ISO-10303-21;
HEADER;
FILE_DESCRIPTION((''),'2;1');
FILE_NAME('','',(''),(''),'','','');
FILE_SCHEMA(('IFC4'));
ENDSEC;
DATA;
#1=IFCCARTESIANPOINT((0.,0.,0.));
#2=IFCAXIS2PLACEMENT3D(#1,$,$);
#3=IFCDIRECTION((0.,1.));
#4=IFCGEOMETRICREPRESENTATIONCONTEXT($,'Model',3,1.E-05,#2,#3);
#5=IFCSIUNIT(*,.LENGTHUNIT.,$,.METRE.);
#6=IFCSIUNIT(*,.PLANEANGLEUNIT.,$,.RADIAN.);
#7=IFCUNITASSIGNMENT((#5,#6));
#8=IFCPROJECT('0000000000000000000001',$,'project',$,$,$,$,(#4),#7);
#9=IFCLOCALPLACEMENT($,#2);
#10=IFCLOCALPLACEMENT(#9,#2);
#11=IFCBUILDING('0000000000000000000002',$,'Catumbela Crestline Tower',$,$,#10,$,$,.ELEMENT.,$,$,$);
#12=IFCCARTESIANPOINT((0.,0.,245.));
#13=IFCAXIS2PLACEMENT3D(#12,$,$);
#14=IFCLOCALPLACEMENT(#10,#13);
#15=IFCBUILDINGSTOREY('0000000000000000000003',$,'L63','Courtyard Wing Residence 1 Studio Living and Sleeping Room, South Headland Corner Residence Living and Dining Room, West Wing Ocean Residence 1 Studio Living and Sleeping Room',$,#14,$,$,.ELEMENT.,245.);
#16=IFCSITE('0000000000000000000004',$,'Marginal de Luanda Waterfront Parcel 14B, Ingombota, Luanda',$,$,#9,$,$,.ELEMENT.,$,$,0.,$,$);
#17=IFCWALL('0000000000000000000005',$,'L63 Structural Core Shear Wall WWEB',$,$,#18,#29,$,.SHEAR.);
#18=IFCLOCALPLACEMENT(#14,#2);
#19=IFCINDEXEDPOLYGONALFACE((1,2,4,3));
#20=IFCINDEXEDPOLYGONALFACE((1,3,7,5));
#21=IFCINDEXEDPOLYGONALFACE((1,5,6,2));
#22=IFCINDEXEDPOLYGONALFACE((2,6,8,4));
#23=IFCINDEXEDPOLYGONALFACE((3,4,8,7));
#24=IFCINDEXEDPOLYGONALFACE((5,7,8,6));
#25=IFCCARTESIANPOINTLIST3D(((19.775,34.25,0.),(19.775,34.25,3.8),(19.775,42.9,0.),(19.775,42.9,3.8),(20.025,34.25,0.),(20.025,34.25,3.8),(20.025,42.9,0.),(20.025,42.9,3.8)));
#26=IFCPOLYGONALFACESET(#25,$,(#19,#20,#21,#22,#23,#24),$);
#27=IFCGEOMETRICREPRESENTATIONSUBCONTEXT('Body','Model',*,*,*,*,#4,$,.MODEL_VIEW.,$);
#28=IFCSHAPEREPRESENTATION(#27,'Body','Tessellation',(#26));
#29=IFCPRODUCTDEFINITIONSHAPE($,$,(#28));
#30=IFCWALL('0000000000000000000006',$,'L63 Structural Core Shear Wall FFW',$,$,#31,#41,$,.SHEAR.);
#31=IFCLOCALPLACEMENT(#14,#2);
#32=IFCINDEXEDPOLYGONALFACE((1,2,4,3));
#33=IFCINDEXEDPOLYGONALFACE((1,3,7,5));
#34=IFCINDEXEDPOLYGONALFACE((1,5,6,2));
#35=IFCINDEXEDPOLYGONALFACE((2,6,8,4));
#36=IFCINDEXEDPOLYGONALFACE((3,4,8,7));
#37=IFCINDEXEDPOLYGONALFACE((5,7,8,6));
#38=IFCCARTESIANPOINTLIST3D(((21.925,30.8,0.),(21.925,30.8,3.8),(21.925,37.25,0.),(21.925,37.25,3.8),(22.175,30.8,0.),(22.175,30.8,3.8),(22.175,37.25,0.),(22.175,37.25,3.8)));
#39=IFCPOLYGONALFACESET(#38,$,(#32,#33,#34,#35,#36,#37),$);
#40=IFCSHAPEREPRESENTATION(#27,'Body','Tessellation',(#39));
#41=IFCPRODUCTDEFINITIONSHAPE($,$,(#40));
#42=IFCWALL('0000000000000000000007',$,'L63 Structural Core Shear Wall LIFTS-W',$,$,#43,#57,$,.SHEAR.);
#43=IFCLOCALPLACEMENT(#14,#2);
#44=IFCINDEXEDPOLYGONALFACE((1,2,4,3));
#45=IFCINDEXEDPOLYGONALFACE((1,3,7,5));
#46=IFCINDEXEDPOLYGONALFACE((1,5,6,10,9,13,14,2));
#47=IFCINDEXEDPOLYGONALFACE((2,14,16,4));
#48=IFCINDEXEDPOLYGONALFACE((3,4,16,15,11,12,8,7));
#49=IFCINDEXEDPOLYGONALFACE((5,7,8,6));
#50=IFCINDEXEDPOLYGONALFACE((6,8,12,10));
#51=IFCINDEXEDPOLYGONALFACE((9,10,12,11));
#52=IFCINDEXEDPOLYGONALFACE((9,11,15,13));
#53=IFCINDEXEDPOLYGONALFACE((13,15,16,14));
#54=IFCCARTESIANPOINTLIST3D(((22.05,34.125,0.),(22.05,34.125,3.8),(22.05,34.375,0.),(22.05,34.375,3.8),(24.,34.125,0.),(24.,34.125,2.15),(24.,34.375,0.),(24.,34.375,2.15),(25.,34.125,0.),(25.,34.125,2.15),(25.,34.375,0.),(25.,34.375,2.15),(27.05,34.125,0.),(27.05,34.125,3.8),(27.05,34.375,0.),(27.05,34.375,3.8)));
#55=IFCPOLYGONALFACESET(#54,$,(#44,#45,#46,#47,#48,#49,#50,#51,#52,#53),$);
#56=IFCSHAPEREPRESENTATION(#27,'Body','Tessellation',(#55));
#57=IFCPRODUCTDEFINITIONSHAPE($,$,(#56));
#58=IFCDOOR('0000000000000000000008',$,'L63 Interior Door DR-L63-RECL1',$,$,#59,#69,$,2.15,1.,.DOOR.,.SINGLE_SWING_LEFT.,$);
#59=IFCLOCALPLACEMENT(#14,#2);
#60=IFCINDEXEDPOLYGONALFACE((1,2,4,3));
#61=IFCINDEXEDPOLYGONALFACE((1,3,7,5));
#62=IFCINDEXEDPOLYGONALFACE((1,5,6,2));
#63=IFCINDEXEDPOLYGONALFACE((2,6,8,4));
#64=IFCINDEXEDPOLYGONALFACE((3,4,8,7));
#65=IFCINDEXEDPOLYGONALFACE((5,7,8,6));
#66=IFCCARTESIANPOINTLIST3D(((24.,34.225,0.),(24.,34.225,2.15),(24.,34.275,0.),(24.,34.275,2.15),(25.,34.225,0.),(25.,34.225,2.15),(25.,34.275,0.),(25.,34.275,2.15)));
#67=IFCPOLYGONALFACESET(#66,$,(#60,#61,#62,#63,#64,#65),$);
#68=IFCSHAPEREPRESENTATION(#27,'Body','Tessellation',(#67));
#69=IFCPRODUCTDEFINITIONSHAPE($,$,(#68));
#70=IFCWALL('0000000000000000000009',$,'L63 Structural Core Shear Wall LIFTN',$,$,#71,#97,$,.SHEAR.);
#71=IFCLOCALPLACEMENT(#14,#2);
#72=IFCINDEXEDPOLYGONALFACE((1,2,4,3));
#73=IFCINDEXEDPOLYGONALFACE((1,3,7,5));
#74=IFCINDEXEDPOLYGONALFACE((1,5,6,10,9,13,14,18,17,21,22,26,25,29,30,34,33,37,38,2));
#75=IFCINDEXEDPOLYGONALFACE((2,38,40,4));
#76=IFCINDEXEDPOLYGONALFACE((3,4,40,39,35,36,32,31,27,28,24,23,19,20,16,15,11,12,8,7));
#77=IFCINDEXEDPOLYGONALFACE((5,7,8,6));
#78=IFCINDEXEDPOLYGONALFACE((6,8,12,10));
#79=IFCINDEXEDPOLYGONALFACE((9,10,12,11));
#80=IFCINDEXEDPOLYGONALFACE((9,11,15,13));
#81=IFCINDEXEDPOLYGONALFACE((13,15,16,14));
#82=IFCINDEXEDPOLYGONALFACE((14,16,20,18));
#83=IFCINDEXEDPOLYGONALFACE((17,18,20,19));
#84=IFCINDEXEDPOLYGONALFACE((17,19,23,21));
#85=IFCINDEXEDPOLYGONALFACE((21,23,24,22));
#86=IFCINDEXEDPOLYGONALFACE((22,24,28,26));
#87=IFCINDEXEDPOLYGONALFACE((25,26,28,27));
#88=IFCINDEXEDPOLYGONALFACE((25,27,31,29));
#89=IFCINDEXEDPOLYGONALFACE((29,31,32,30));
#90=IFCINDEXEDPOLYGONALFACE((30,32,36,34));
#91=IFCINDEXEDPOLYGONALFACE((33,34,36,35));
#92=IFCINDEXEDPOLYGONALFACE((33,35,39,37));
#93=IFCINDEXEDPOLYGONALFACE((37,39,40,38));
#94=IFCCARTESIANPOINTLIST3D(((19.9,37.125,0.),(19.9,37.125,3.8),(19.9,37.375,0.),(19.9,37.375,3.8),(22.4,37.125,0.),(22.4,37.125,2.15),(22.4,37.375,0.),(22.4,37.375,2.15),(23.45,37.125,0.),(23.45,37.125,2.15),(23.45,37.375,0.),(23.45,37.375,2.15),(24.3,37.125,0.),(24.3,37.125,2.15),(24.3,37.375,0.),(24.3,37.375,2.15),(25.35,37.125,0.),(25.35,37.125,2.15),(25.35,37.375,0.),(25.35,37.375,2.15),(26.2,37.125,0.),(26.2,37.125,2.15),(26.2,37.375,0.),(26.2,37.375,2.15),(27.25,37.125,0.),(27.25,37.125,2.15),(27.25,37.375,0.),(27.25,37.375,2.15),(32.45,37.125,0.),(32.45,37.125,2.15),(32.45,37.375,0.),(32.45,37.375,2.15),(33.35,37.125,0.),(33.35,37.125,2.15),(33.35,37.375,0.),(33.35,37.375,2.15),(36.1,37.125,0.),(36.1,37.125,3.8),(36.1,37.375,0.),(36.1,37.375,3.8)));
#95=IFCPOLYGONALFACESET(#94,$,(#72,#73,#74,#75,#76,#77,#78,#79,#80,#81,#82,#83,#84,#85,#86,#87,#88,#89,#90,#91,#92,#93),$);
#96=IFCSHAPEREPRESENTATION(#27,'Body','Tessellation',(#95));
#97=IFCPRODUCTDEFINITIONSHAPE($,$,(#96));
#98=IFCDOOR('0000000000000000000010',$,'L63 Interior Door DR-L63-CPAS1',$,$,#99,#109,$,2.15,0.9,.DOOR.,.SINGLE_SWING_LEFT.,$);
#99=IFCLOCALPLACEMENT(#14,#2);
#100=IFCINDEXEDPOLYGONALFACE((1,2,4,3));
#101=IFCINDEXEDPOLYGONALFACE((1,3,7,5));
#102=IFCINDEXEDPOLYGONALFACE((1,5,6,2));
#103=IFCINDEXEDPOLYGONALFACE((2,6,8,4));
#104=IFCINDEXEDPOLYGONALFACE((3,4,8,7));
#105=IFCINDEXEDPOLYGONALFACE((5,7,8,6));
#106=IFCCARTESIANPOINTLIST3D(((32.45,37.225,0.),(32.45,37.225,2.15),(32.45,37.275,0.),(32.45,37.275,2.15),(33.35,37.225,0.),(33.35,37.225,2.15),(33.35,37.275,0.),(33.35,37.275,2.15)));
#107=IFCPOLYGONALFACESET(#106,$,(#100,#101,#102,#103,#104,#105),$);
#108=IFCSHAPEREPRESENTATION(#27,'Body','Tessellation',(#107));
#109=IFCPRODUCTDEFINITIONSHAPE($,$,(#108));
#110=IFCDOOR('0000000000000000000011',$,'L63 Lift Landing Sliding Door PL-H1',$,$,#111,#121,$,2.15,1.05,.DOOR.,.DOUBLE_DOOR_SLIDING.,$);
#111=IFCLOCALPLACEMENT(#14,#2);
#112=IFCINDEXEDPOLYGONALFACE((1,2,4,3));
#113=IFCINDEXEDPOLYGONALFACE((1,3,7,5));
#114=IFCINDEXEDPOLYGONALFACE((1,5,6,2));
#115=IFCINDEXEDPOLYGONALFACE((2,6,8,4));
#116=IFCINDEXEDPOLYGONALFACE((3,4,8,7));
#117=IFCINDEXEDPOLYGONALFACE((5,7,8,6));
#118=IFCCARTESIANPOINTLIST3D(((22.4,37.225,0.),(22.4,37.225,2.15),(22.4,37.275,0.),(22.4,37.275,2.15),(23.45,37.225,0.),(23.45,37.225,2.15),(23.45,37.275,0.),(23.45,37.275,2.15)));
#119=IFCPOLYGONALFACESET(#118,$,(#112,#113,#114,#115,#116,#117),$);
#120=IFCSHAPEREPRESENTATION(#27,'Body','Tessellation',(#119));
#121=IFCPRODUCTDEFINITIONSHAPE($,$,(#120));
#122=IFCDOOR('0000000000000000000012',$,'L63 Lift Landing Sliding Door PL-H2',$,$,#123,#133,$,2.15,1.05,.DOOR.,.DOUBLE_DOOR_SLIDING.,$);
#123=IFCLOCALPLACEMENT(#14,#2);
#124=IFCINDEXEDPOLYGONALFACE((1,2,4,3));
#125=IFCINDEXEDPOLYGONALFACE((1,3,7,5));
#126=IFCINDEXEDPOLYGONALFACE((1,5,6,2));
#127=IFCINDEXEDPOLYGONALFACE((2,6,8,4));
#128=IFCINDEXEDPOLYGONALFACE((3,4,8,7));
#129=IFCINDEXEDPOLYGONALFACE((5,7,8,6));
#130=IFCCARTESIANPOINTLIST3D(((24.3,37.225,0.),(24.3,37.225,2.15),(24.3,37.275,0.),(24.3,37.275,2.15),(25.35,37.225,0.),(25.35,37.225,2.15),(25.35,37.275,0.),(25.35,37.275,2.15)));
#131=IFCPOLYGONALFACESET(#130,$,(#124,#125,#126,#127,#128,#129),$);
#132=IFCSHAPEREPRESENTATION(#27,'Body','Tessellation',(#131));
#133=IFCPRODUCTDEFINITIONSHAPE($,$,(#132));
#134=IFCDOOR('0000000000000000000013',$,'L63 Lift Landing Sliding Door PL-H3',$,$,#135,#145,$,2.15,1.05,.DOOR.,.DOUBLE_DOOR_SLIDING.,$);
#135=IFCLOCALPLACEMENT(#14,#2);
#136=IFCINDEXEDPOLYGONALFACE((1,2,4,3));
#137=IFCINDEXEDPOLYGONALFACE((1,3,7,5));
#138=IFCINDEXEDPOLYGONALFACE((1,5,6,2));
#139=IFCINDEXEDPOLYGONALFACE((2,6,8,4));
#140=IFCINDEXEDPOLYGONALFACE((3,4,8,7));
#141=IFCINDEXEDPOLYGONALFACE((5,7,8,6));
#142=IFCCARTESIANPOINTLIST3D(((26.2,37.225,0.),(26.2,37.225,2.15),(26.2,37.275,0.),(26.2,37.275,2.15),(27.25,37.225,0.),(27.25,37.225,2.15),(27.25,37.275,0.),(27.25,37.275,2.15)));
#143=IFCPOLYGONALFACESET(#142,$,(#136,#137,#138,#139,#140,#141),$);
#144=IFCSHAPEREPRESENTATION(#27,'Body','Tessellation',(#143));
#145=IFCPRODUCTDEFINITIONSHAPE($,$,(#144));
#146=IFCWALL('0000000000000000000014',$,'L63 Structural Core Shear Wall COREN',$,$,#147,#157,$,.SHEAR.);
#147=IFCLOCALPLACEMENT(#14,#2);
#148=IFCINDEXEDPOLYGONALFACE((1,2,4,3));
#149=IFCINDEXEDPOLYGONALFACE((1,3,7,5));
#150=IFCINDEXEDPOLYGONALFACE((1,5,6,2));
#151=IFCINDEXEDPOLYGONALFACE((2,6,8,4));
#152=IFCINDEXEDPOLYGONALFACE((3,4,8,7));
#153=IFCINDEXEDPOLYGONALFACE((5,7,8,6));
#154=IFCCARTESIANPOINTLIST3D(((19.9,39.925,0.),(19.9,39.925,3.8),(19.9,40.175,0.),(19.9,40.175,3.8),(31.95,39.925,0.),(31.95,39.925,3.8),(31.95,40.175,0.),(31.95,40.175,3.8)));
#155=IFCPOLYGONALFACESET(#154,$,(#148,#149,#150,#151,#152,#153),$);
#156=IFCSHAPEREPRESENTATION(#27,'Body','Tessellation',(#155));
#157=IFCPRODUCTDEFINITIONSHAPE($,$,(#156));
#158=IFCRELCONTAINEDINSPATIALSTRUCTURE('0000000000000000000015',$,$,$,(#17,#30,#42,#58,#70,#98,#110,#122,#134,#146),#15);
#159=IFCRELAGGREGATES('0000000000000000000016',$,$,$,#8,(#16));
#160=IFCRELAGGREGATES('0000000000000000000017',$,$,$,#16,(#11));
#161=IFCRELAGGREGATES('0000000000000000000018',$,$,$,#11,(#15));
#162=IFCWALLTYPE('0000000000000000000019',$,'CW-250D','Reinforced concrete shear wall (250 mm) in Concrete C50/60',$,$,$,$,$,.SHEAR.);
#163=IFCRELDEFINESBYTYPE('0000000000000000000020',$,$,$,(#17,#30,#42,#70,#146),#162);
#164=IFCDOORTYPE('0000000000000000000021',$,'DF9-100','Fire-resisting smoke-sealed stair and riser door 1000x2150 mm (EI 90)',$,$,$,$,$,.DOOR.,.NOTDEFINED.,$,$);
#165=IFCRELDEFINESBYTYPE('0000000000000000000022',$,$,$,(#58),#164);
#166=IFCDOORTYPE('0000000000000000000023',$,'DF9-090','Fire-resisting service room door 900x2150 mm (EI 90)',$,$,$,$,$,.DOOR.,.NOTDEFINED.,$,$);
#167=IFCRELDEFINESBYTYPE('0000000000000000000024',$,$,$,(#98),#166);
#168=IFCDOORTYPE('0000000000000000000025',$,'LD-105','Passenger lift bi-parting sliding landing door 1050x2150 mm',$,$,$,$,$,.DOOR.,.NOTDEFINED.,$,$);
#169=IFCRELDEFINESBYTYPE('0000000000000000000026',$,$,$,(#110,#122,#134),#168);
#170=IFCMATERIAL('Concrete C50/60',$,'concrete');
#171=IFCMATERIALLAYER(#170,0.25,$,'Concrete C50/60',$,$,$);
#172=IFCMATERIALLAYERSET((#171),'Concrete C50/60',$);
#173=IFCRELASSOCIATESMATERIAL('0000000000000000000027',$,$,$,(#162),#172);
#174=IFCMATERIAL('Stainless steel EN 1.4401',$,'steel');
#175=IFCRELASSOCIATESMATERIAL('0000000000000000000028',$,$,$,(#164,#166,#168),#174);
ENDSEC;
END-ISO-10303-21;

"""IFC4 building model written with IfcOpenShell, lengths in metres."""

from ifc_helpers import new_model, si_unit, direction, frame, frame_2d, origin, place, context, subcontext, project, spatial, rectangle, extrude, material, layer, layer_set, type_object, element, fill, save


model = new_model("IFC4")

# Units and contexts
model_context = context("Model", 3, precision=1e-05, world=origin(), true_north=direction((0.0, 1.0)))
body_context = subcontext(model_context, "Body", "Model", "MODEL_VIEW")
ifc_project = project(units=[si_unit("LENGTHUNIT", "METRE"), si_unit("PLANEANGLEUNIT", "RADIAN")], contexts=[model_context])

# Site, building, storey
site_placement = place(None, origin())
site = spatial("IfcSite", under=ifc_project, at=site_placement, Name="Marginal de Luanda Waterfront Parcel 14B, Ingombota, Luanda", CompositionType="ELEMENT", RefElevation=0.0)
building_placement = place(site_placement, origin())
building = spatial("IfcBuilding", under=site, at=building_placement, Name="Catumbela Crestline Tower", CompositionType="ELEMENT")
storey_placement = place(building_placement, frame((0.0, 0.0, 245.0)))
storey = spatial("IfcBuildingStorey", under=building, at=storey_placement, Name="L63", Description="Courtyard Wing Residence 1 Studio Living and Sleeping Room, South Headland Corner Residence Living and Dining Room, West Wing Ocean Residence 1 Studio Living and Sleeping Room", CompositionType="ELEMENT", Elevation=245.0)

# Walls
ifc_material_1 = material(Name="Concrete C50/60", Category="concrete")
ifc_layer_1 = layer(ifc_material_1, 0.25, Name="Concrete C50/60")
ifc_layer_set_1 = layer_set([ifc_layer_1], Name="Concrete C50/60")
wall_type_1 = type_object("IfcWallType", Name="CW-250D", Description="Reinforced concrete shear wall (250 mm) in Concrete C50/60", PredefinedType="SHEAR", material=ifc_layer_set_1)
wall_1_placement = place(storey_placement, frame((19.9, 34.25, 0.0), z_axis=(0.0, 0.0, 1.0), x_axis=(0.0, 1.0, 0.0)))
element("IfcWall", 1, at=wall_1_placement, inside=storey, type_object=wall_type_1, Name="L63 Structural Core Shear Wall WWEB", PredefinedType="SHEAR", context=body_context, shape_type="SweptSolid", body=[
    extrude(rectangle(XDim=8.65, YDim=0.25, at=frame_2d((4.325, 0.0))), origin(), (0.0, 0.0, 1.0), 3.8),
])
wall_2_placement = place(storey_placement, frame((22.05, 30.8, 0.0), z_axis=(0.0, 0.0, 1.0), x_axis=(0.0, 1.0, 0.0)))
element("IfcWall", 2, at=wall_2_placement, inside=storey, type_object=wall_type_1, Name="L63 Structural Core Shear Wall FFW", PredefinedType="SHEAR", context=body_context, shape_type="SweptSolid", body=[
    extrude(rectangle(XDim=6.45, YDim=0.25, at=frame_2d((3.225, 0.0))), origin(), (0.0, 0.0, 1.0), 3.8),
])

# Wall, opening, door
wall_3_placement = place(storey_placement, frame((22.05, 34.25, 0.0), z_axis=(0.0, 0.0, 1.0), x_axis=(1.0, 0.0, 0.0)))
wall_3 = element("IfcWall", 3, at=wall_3_placement, inside=storey, type_object=wall_type_1, Name="L63 Structural Core Shear Wall LIFTS-W", PredefinedType="SHEAR", context=body_context, shape_type="SweptSolid", body=[
    extrude(rectangle(XDim=5.0, YDim=0.25, at=frame_2d((2.5, 0.0))), origin(), (0.0, 0.0, 1.0), 3.8),
])
opening_1_placement = place(wall_3_placement, frame((1.95, 0.0, 0.0)))
opening_1 = element("IfcOpeningElement", 4, at=opening_1_placement, cuts=wall_3, PredefinedType="OPENING", context=body_context, shape_type="SweptSolid", body=[
    extrude(rectangle(XDim=1.0, YDim=2.15, at=frame_2d((0.5, 1.075))), frame((0.0, 0.135, 0.0), z_axis=(0.0, -1.0, 0.0), x_axis=(1.0, 0.0, 0.0)), (0.0, 0.0, 1.0), 0.27),
])
ifc_material_2 = material(Name="Stainless steel EN 1.4401", Category="steel")
door_type_1 = type_object("IfcDoorType", Name="DF9-100", Description="Fire-resisting smoke-sealed stair and riser door 1000x2150 mm (EI 90)", OperationType="NOTDEFINED", PredefinedType="DOOR", material=ifc_material_2)
door_1_placement = place(opening_1_placement, origin())
door_1 = element("IfcDoor", 5, at=door_1_placement, inside=storey, type_object=door_type_1, Name="L63 Interior Door DR-L63-RECL1", OperationType="SINGLE_SWING_LEFT", OverallHeight=2.15, OverallWidth=1.0, PredefinedType="DOOR", context=body_context, shape_type="SweptSolid", body=[
    extrude(rectangle(XDim=1.0, YDim=2.15, at=frame_2d((0.5, 1.075))), frame((0.0, 0.025, 0.0), z_axis=(0.0, -1.0, 0.0), x_axis=(1.0, 0.0, 0.0)), (0.0, 0.0, 1.0), 0.05),
])
fill(opening_1, door_1)

# Wall, openings, doors
wall_4_placement = place(storey_placement, frame((19.9, 37.25, 0.0), z_axis=(0.0, 0.0, 1.0), x_axis=(1.0, 0.0, 0.0)))
wall_4 = element("IfcWall", 6, at=wall_4_placement, inside=storey, type_object=wall_type_1, Name="L63 Structural Core Shear Wall LIFTN", PredefinedType="SHEAR", context=body_context, shape_type="SweptSolid", body=[
    extrude(rectangle(XDim=16.2, YDim=0.25, at=frame_2d((8.1, 0.0))), origin(), (0.0, 0.0, 1.0), 3.8),
])
opening_2_placement = place(wall_4_placement, frame((12.55, 0.0, 0.0)))
opening_2 = element("IfcOpeningElement", 7, at=opening_2_placement, cuts=wall_4, PredefinedType="OPENING", context=body_context, shape_type="SweptSolid", body=[
    extrude(rectangle(XDim=0.9, YDim=2.15, at=frame_2d((0.45, 1.075))), frame((0.0, 0.135, 0.0), z_axis=(0.0, -1.0, 0.0), x_axis=(1.0, 0.0, 0.0)), (0.0, 0.0, 1.0), 0.27),
])
opening_3_placement = place(wall_4_placement, frame((2.5, 0.0, 0.0)))
opening_3 = element("IfcOpeningElement", 8, at=opening_3_placement, cuts=wall_4, PredefinedType="OPENING", context=body_context, shape_type="SweptSolid", body=[
    extrude(rectangle(XDim=1.05, YDim=2.15, at=frame_2d((0.525, 1.075))), frame((0.0, 0.135, 0.0), z_axis=(0.0, -1.0, 0.0), x_axis=(1.0, 0.0, 0.0)), (0.0, 0.0, 1.0), 0.27),
])
opening_4_placement = place(wall_4_placement, frame((4.4, 0.0, 0.0)))
opening_4 = element("IfcOpeningElement", 9, at=opening_4_placement, cuts=wall_4, PredefinedType="OPENING", context=body_context, shape_type="SweptSolid", body=[
    extrude(rectangle(XDim=1.05, YDim=2.15, at=frame_2d((0.525, 1.075))), frame((0.0, 0.135, 0.0), z_axis=(0.0, -1.0, 0.0), x_axis=(1.0, 0.0, 0.0)), (0.0, 0.0, 1.0), 0.27),
])
opening_5_placement = place(wall_4_placement, frame((6.3, 0.0, 0.0)))
opening_5 = element("IfcOpeningElement", 10, at=opening_5_placement, cuts=wall_4, PredefinedType="OPENING", context=body_context, shape_type="SweptSolid", body=[
    extrude(rectangle(XDim=1.05, YDim=2.15, at=frame_2d((0.525, 1.075))), frame((0.0, 0.135, 0.0), z_axis=(0.0, -1.0, 0.0), x_axis=(1.0, 0.0, 0.0)), (0.0, 0.0, 1.0), 0.27),
])
door_type_2 = type_object("IfcDoorType", Name="DF9-090", Description="Fire-resisting service room door 900x2150 mm (EI 90)", OperationType="NOTDEFINED", PredefinedType="DOOR", material=ifc_material_2)
door_2_placement = place(opening_2_placement, origin())
door_2 = element("IfcDoor", 11, at=door_2_placement, inside=storey, type_object=door_type_2, Name="L63 Interior Door DR-L63-CPAS1", OperationType="SINGLE_SWING_LEFT", OverallHeight=2.15, OverallWidth=0.9, PredefinedType="DOOR", context=body_context, shape_type="SweptSolid", body=[
    extrude(rectangle(XDim=0.9, YDim=2.15, at=frame_2d((0.45, 1.075))), frame((0.0, 0.025, 0.0), z_axis=(0.0, -1.0, 0.0), x_axis=(1.0, 0.0, 0.0)), (0.0, 0.0, 1.0), 0.05),
])
fill(opening_2, door_2)
door_type_3 = type_object("IfcDoorType", Name="LD-105", Description="Passenger lift bi-parting sliding landing door 1050x2150 mm", OperationType="NOTDEFINED", PredefinedType="DOOR", material=ifc_material_2)
door_3_placement = place(opening_3_placement, origin())
door_3 = element("IfcDoor", 12, at=door_3_placement, inside=storey, type_object=door_type_3, Name="L63 Lift Landing Sliding Door PL-H1", OperationType="DOUBLE_DOOR_SLIDING", OverallHeight=2.15, OverallWidth=1.05, PredefinedType="DOOR", context=body_context, shape_type="SweptSolid", body=[
    extrude(rectangle(XDim=1.05, YDim=2.15, at=frame_2d((0.525, 1.075))), frame((0.0, 0.025, 0.0), z_axis=(0.0, -1.0, 0.0), x_axis=(1.0, 0.0, 0.0)), (0.0, 0.0, 1.0), 0.05),
])
fill(opening_3, door_3)
door_4_placement = place(opening_4_placement, origin())
door_4 = element("IfcDoor", 13, at=door_4_placement, inside=storey, type_object=door_type_3, Name="L63 Lift Landing Sliding Door PL-H2", OperationType="DOUBLE_DOOR_SLIDING", OverallHeight=2.15, OverallWidth=1.05, PredefinedType="DOOR", context=body_context, shape_type="SweptSolid", body=[
    extrude(rectangle(XDim=1.05, YDim=2.15, at=frame_2d((0.525, 1.075))), frame((0.0, 0.025, 0.0), z_axis=(0.0, -1.0, 0.0), x_axis=(1.0, 0.0, 0.0)), (0.0, 0.0, 1.0), 0.05),
])
fill(opening_4, door_4)
door_5_placement = place(opening_5_placement, origin())
door_5 = element("IfcDoor", 14, at=door_5_placement, inside=storey, type_object=door_type_3, Name="L63 Lift Landing Sliding Door PL-H3", OperationType="DOUBLE_DOOR_SLIDING", OverallHeight=2.15, OverallWidth=1.05, PredefinedType="DOOR", context=body_context, shape_type="SweptSolid", body=[
    extrude(rectangle(XDim=1.05, YDim=2.15, at=frame_2d((0.525, 1.075))), frame((0.0, 0.025, 0.0), z_axis=(0.0, -1.0, 0.0), x_axis=(1.0, 0.0, 0.0)), (0.0, 0.0, 1.0), 0.05),
])
fill(opening_5, door_5)

# Wall
wall_5_placement = place(storey_placement, frame((19.9, 40.05, 0.0), z_axis=(0.0, 0.0, 1.0), x_axis=(1.0, 0.0, 0.0)))
element("IfcWall", 15, at=wall_5_placement, inside=storey, type_object=wall_type_1, Name="L63 Structural Core Shear Wall COREN", PredefinedType="SHEAR", context=body_context, shape_type="SweptSolid", body=[
    extrude(rectangle(XDim=12.05, YDim=0.25, at=frame_2d((6.025, 0.0))), origin(), (0.0, 0.0, 1.0), 3.8),
])

save(model, "model.ifc")
